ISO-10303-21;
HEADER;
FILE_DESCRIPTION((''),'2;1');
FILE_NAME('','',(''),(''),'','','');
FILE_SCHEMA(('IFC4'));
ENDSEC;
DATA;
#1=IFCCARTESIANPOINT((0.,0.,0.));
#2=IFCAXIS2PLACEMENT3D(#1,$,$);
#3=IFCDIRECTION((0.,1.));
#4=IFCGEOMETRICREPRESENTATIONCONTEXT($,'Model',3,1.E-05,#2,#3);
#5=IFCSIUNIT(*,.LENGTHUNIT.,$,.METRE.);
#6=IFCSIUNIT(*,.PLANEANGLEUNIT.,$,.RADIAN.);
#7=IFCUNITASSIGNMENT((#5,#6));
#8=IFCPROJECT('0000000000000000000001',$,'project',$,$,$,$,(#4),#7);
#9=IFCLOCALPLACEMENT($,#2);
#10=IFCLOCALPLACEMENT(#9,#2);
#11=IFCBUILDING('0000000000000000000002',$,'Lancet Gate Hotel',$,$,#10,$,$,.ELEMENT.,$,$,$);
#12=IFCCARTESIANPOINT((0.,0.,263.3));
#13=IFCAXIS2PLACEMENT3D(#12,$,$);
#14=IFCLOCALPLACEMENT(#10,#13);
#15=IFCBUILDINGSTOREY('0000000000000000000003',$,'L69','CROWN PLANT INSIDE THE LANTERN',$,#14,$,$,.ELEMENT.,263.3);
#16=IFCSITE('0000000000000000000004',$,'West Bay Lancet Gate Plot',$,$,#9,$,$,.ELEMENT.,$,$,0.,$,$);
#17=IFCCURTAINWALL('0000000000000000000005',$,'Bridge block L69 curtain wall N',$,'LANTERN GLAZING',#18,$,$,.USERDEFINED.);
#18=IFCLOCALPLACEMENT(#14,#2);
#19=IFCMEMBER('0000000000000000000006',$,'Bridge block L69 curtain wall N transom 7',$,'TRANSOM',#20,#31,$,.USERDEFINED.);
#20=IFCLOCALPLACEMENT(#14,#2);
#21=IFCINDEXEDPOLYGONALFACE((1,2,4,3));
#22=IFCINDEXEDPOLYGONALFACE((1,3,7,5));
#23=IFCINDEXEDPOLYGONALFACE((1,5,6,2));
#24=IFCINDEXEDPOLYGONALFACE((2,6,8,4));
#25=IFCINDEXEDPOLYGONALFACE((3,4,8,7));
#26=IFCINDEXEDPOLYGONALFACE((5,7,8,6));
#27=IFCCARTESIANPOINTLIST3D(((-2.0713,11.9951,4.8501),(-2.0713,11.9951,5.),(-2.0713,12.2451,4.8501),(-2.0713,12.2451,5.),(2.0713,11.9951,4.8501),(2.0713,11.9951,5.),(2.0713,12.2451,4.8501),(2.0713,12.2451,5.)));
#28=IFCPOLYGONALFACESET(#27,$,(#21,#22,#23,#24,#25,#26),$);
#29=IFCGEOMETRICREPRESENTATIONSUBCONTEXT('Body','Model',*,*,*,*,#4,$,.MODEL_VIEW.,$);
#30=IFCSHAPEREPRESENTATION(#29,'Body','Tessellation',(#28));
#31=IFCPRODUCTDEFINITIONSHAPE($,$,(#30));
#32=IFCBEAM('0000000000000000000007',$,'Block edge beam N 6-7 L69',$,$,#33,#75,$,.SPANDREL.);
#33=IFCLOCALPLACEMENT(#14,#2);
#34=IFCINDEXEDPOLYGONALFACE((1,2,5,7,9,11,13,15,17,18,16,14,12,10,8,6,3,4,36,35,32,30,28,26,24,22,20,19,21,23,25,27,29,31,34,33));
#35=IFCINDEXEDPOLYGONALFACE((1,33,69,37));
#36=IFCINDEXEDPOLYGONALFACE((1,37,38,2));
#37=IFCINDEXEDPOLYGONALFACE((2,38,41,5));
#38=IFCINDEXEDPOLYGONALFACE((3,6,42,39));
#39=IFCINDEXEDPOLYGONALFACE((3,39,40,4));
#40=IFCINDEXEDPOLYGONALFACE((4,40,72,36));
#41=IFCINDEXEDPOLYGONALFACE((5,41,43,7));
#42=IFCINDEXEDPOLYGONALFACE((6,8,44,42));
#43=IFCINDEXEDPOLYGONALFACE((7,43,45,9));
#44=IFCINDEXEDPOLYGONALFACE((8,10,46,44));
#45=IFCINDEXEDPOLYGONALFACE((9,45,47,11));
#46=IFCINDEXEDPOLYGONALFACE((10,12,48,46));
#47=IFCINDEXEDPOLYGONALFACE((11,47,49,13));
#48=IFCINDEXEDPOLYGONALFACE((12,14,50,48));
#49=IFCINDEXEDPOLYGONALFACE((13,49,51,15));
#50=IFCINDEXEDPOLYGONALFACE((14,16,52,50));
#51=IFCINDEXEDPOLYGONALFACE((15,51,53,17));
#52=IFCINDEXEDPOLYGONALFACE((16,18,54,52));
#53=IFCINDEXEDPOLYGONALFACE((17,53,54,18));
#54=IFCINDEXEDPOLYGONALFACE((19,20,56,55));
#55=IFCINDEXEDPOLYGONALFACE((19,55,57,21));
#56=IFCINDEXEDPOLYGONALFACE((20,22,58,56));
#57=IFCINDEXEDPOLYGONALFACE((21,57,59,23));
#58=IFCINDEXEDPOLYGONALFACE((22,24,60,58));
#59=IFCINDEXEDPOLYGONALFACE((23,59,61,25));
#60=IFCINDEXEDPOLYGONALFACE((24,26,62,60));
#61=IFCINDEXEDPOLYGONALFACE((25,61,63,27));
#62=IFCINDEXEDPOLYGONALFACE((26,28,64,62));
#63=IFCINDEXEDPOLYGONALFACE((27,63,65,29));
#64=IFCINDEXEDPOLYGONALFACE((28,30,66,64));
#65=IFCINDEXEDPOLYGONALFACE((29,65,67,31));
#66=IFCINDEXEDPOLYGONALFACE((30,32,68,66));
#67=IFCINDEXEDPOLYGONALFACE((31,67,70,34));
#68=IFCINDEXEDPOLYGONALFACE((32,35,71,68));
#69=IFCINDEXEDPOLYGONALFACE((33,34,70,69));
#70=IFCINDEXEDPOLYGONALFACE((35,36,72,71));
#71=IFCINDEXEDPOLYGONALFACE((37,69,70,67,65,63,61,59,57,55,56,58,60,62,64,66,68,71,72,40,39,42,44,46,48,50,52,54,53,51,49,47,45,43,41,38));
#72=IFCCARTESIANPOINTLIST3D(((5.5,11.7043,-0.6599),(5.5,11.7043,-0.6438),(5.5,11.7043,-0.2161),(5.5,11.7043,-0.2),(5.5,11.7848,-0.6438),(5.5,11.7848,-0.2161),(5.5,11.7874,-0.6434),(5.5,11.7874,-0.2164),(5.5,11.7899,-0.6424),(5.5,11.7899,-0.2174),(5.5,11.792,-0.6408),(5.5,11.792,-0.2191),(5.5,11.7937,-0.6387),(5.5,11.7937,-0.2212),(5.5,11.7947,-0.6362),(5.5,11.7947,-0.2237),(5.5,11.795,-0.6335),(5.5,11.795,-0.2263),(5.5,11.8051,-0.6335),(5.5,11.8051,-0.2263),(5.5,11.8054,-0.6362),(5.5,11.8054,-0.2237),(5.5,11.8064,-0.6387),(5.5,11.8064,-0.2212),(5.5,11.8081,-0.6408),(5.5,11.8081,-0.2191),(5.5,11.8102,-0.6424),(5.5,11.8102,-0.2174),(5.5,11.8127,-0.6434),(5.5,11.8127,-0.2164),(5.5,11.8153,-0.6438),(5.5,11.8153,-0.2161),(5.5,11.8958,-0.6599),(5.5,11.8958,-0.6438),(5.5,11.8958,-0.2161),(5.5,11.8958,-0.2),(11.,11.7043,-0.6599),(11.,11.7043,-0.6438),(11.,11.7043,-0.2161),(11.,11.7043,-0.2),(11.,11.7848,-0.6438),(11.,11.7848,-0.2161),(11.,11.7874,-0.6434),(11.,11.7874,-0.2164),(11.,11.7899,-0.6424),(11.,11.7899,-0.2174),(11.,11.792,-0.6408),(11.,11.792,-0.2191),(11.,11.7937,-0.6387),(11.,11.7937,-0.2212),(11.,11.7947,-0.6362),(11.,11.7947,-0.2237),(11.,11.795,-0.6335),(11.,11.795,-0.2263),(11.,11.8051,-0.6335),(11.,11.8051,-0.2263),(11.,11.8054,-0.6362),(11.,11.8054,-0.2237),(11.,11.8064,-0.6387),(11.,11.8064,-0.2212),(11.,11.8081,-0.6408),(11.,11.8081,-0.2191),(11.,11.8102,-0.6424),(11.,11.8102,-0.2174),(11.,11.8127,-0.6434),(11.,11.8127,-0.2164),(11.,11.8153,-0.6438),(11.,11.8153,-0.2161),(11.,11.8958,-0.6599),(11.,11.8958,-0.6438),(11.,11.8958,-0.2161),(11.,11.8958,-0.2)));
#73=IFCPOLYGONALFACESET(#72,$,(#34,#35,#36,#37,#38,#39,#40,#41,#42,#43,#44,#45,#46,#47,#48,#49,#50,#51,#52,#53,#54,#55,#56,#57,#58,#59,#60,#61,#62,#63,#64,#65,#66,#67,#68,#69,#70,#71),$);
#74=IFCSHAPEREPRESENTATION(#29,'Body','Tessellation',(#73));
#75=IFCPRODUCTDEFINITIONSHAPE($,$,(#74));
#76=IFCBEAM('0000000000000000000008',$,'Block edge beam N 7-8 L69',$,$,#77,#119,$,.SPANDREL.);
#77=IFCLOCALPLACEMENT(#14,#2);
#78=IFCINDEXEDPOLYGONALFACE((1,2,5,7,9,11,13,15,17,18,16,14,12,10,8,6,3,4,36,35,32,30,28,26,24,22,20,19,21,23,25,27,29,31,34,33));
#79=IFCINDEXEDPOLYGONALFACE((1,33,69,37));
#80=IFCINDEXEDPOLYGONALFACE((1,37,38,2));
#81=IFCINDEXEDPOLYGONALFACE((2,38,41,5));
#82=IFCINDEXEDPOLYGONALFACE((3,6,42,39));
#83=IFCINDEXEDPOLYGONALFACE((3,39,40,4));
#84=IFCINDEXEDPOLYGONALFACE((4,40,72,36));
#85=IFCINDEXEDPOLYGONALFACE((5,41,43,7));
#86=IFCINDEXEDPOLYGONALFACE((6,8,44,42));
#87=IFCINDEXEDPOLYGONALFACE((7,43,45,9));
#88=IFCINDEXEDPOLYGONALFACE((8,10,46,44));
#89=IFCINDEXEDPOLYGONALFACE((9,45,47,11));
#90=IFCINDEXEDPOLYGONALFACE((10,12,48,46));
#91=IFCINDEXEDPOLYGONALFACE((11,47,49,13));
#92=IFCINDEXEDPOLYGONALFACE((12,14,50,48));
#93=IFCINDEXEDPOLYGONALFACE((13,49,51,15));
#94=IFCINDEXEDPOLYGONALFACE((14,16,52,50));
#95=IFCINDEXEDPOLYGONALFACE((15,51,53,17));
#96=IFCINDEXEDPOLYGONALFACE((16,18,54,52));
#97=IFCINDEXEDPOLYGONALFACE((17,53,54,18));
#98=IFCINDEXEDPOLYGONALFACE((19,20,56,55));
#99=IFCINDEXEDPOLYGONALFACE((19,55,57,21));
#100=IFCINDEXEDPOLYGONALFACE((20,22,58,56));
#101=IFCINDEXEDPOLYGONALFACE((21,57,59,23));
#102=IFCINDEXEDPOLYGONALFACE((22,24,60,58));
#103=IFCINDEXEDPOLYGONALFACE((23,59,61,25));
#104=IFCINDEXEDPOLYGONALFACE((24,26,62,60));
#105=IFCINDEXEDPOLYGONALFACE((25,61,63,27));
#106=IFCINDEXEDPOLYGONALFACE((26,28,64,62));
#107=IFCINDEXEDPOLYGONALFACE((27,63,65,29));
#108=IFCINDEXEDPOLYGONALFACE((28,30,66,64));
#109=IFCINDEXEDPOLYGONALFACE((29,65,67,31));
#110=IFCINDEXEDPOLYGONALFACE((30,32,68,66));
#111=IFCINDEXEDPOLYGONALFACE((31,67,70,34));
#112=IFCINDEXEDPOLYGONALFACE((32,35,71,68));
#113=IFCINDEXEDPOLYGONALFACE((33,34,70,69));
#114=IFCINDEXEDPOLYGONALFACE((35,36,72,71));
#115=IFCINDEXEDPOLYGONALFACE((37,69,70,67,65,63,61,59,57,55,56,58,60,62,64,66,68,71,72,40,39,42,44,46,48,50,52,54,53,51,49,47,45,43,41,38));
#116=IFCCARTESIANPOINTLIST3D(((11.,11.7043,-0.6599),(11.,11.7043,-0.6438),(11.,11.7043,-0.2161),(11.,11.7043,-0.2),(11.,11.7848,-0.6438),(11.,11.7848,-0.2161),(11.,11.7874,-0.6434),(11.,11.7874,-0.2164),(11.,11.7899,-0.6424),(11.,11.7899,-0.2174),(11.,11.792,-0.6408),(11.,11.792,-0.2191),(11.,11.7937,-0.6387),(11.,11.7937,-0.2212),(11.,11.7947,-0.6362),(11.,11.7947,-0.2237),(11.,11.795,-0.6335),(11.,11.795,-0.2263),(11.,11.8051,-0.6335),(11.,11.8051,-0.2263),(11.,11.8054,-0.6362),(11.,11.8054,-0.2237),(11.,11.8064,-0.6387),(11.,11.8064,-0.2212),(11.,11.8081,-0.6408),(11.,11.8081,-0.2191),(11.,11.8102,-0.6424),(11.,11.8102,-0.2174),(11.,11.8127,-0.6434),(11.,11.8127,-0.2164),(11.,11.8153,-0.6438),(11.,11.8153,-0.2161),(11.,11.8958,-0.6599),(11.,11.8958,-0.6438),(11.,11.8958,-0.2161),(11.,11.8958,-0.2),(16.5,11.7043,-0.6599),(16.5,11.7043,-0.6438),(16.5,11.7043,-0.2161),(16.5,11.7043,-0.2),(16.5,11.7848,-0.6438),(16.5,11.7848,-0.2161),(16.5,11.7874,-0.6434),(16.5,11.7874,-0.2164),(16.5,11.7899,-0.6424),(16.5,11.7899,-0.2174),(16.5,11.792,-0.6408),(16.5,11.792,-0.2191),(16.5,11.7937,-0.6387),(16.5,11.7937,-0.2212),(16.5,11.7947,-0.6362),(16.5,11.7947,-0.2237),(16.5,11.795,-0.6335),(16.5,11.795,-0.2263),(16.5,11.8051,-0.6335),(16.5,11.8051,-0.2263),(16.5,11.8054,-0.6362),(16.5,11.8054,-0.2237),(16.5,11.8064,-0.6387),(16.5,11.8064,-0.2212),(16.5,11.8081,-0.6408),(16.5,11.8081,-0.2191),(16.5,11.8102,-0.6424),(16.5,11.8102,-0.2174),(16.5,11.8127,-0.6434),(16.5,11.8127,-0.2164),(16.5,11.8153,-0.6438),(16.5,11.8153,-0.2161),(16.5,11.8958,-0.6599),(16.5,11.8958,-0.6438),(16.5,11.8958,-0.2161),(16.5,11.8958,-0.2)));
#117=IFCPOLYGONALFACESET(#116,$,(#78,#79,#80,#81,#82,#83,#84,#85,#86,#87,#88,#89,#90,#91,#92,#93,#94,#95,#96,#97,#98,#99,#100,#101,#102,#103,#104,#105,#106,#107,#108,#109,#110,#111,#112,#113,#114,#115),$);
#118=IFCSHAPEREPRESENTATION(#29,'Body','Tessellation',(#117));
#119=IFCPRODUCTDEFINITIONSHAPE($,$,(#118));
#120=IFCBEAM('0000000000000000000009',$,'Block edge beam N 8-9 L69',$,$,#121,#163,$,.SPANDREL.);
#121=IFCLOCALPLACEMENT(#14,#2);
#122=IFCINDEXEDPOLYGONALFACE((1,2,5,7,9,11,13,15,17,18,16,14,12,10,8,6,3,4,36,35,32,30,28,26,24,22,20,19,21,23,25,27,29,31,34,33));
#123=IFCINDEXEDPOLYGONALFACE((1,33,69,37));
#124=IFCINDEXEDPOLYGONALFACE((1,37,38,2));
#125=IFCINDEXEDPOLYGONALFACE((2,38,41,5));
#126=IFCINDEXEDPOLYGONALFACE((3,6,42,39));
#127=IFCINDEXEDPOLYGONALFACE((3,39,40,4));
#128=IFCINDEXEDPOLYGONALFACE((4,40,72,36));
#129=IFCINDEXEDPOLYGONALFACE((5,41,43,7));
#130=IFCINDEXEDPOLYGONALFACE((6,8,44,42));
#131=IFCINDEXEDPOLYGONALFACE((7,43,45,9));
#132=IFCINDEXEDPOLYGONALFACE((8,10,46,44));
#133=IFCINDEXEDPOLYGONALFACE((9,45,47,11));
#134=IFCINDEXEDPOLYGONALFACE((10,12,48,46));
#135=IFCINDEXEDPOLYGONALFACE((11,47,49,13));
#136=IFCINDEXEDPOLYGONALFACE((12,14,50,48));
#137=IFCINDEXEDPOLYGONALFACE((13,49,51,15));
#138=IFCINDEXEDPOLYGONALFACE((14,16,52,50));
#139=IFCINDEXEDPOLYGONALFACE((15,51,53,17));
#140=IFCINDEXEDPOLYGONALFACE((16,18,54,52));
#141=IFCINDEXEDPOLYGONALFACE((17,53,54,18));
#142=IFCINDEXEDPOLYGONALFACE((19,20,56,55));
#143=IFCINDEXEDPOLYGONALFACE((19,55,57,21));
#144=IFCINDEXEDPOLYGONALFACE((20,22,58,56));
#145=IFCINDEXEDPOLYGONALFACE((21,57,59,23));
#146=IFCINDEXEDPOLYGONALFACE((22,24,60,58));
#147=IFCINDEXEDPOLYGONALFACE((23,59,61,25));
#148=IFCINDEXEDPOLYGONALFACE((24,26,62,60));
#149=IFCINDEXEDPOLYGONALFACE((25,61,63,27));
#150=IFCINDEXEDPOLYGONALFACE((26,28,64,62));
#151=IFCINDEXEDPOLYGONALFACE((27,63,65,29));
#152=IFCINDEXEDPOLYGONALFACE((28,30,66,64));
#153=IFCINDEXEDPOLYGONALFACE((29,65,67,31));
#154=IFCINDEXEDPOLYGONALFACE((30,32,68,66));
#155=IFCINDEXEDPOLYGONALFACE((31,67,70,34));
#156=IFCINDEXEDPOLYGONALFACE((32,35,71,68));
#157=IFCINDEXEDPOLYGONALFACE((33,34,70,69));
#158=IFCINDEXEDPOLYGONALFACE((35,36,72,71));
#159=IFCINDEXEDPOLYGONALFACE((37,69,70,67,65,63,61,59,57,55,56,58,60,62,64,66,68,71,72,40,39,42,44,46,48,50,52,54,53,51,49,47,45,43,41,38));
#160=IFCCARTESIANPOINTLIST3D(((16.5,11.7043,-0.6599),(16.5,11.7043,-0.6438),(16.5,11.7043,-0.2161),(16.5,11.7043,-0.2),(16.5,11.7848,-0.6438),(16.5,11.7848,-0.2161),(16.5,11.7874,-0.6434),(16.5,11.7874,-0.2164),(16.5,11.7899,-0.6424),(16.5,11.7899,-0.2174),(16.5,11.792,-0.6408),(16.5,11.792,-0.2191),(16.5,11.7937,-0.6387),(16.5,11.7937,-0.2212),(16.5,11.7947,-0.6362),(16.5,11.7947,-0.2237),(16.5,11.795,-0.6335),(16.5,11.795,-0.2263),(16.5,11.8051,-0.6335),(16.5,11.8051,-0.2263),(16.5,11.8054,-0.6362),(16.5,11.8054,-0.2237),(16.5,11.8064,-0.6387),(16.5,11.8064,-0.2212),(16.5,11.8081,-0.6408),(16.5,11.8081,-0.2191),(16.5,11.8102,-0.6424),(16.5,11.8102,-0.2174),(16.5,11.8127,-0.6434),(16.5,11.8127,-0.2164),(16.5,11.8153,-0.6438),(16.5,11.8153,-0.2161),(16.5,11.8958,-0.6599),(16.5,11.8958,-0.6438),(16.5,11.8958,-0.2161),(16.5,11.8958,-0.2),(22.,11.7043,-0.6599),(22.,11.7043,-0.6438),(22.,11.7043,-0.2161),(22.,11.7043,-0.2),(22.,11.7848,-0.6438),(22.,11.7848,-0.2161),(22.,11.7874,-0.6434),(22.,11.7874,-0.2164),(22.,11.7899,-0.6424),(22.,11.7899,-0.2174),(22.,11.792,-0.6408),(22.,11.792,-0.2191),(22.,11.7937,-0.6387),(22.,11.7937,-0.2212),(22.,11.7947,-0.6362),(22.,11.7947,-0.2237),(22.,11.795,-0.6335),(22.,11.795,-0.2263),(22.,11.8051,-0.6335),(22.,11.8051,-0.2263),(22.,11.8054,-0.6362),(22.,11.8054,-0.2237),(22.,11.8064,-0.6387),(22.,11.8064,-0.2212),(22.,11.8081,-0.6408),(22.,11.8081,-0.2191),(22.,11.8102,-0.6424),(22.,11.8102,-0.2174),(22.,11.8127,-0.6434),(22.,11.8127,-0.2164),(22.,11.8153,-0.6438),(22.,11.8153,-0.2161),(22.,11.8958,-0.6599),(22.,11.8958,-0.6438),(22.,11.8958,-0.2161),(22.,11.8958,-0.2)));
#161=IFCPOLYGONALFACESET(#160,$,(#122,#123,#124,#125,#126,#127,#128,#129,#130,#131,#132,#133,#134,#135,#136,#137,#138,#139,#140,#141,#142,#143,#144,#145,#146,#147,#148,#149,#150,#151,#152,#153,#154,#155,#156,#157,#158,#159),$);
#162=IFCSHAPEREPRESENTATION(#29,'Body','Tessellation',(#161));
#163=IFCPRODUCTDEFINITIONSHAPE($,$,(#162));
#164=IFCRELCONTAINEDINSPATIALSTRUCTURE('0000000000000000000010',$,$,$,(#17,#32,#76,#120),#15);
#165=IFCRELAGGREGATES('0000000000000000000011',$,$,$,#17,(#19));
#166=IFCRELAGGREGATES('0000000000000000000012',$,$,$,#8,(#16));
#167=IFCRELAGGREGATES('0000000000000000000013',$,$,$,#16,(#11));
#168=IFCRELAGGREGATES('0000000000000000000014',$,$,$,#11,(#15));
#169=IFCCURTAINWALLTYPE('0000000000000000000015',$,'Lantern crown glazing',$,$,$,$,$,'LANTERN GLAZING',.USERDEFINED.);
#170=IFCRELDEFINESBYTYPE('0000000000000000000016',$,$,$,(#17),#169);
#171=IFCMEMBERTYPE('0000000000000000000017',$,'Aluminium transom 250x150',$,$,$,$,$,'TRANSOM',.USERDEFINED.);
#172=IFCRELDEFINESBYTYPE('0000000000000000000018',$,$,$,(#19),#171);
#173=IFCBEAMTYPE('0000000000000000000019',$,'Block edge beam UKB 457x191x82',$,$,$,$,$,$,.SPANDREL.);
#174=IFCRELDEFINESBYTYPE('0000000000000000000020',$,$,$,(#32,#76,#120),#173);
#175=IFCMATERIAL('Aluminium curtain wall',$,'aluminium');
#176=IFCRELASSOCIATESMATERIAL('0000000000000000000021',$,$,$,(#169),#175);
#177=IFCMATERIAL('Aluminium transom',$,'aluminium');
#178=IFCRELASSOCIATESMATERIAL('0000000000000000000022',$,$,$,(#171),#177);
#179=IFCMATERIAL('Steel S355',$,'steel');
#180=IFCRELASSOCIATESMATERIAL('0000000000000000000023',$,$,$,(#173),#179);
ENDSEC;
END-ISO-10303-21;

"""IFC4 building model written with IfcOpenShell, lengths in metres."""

from ifc_helpers import new_model, si_unit, direction, frame, origin, origin_2d, place, context, subcontext, project, spatial, rectangle, i_section, extrude, material, material_profile, profile_set, type_object, element, aggregate, save


model = new_model("IFC4")

# Units and contexts
model_context = context("Model", 3, precision=1e-05, world=origin(), true_north=direction((0.0, 1.0)))
body_context = subcontext(model_context, "Body", "Model", "MODEL_VIEW")
ifc_project = project(units=[si_unit("LENGTHUNIT", "METRE"), si_unit("PLANEANGLEUNIT", "RADIAN")], contexts=[model_context])

# Site, building, storey
site_placement = place(None, origin())
site = spatial("IfcSite", under=ifc_project, at=site_placement, Name="West Bay Lancet Gate Plot", CompositionType="ELEMENT", RefElevation=0.0)
building_placement = place(site_placement, origin())
building = spatial("IfcBuilding", under=site, at=building_placement, Name="Lancet Gate Hotel", CompositionType="ELEMENT")
storey_placement = place(building_placement, frame((0.0, 0.0, 263.3)))
storey = spatial("IfcBuildingStorey", under=building, at=storey_placement, Name="L69", Description="CROWN PLANT INSIDE THE LANTERN", CompositionType="ELEMENT", Elevation=263.3)

# Curtain wall, member
ifc_material_1 = material(Name="Aluminium curtain wall", Category="aluminium")
curtain_wall_type = type_object("IfcCurtainWallType", Name="Lantern crown glazing", ElementType="LANTERN GLAZING", PredefinedType="USERDEFINED", material=ifc_material_1)
curtain_wall_placement = place(storey_placement, origin())
curtain_wall = element("IfcCurtainWall", 1, at=curtain_wall_placement, inside=storey, type_object=curtain_wall_type, Name="Bridge block L69 curtain wall N", ObjectType="LANTERN GLAZING", PredefinedType="USERDEFINED")
ifc_material_2 = material(Name="Aluminium transom", Category="aluminium")
ifc_material_profile_1 = material_profile(ifc_material_2, rectangle(XDim=0.25, YDim=0.1499, at=origin_2d()), Name="TRANSOM 250x150")
ifc_profile_set_1 = profile_set([ifc_material_profile_1], Name="Aluminium transom")
member_type_1 = type_object("IfcMemberType", Name="Aluminium transom 250x150", ElementType="TRANSOM", PredefinedType="USERDEFINED", material=ifc_profile_set_1)
member_1_placement = place(storey_placement, frame((2.0713, 12.1201, 4.925), z_axis=(-1.0, 0.0, 0.0), x_axis=(0.0, -1.0, 0.0)))
member_1 = element("IfcMember", 2, at=member_1_placement, type_object=member_type_1, Name="Bridge block L69 curtain wall N transom 7", ObjectType="TRANSOM", PredefinedType="USERDEFINED", context=body_context, shape_type="SweptSolid", body=[
    extrude(rectangle(XDim=0.25, YDim=0.1499, at=origin_2d()), origin(), (0.0, 0.0, 1.0), 4.1426),
])

# Beams
ifc_material_3 = material(Name="Steel S355", Category="steel")
ifc_material_profile_2 = material_profile(ifc_material_3, i_section(OverallWidth=0.1914, OverallDepth=0.46, WebThickness=0.01, FlangeThickness=0.0161, FilletRadius=0.0103, at=origin_2d()), Name="UKB 457x191x82")
ifc_profile_set_2 = profile_set([ifc_material_profile_2], Name="Steel S355")
beam_type_1 = type_object("IfcBeamType", Name="Block edge beam UKB 457x191x82", PredefinedType="SPANDREL", material=ifc_profile_set_2)
for number, where, z_axis, x_axis, name in (
    (3, (5.5, 11.8, -0.4299), (1.0, 0.0, 0.0), (0.0, 1.0, 0.0), "Block edge beam N 6-7 L69"),
    (4, (11.0, 11.8, -0.4299), (1.0, 0.0, 0.0), (0.0, 1.0, 0.0), "Block edge beam N 7-8 L69"),
    (5, (16.5, 11.8, -0.4299), (1.0, 0.0, 0.0), (0.0, 1.0, 0.0), "Block edge beam N 8-9 L69"),
):
    element("IfcBeam", number, at=place(storey_placement, frame(where, z_axis=z_axis, x_axis=x_axis)), inside=storey, type_object=beam_type_1, Name=name, PredefinedType="SPANDREL", context=body_context, shape_type="SweptSolid", body=[
        extrude(i_section(OverallWidth=0.1914, OverallDepth=0.46, WebThickness=0.01, FlangeThickness=0.0161, FilletRadius=0.0103, at=origin_2d()), origin(), (0.0, 0.0, 1.0), 5.5),
    ])

aggregate(curtain_wall, [member_1])

save(model, "model.ifc")
